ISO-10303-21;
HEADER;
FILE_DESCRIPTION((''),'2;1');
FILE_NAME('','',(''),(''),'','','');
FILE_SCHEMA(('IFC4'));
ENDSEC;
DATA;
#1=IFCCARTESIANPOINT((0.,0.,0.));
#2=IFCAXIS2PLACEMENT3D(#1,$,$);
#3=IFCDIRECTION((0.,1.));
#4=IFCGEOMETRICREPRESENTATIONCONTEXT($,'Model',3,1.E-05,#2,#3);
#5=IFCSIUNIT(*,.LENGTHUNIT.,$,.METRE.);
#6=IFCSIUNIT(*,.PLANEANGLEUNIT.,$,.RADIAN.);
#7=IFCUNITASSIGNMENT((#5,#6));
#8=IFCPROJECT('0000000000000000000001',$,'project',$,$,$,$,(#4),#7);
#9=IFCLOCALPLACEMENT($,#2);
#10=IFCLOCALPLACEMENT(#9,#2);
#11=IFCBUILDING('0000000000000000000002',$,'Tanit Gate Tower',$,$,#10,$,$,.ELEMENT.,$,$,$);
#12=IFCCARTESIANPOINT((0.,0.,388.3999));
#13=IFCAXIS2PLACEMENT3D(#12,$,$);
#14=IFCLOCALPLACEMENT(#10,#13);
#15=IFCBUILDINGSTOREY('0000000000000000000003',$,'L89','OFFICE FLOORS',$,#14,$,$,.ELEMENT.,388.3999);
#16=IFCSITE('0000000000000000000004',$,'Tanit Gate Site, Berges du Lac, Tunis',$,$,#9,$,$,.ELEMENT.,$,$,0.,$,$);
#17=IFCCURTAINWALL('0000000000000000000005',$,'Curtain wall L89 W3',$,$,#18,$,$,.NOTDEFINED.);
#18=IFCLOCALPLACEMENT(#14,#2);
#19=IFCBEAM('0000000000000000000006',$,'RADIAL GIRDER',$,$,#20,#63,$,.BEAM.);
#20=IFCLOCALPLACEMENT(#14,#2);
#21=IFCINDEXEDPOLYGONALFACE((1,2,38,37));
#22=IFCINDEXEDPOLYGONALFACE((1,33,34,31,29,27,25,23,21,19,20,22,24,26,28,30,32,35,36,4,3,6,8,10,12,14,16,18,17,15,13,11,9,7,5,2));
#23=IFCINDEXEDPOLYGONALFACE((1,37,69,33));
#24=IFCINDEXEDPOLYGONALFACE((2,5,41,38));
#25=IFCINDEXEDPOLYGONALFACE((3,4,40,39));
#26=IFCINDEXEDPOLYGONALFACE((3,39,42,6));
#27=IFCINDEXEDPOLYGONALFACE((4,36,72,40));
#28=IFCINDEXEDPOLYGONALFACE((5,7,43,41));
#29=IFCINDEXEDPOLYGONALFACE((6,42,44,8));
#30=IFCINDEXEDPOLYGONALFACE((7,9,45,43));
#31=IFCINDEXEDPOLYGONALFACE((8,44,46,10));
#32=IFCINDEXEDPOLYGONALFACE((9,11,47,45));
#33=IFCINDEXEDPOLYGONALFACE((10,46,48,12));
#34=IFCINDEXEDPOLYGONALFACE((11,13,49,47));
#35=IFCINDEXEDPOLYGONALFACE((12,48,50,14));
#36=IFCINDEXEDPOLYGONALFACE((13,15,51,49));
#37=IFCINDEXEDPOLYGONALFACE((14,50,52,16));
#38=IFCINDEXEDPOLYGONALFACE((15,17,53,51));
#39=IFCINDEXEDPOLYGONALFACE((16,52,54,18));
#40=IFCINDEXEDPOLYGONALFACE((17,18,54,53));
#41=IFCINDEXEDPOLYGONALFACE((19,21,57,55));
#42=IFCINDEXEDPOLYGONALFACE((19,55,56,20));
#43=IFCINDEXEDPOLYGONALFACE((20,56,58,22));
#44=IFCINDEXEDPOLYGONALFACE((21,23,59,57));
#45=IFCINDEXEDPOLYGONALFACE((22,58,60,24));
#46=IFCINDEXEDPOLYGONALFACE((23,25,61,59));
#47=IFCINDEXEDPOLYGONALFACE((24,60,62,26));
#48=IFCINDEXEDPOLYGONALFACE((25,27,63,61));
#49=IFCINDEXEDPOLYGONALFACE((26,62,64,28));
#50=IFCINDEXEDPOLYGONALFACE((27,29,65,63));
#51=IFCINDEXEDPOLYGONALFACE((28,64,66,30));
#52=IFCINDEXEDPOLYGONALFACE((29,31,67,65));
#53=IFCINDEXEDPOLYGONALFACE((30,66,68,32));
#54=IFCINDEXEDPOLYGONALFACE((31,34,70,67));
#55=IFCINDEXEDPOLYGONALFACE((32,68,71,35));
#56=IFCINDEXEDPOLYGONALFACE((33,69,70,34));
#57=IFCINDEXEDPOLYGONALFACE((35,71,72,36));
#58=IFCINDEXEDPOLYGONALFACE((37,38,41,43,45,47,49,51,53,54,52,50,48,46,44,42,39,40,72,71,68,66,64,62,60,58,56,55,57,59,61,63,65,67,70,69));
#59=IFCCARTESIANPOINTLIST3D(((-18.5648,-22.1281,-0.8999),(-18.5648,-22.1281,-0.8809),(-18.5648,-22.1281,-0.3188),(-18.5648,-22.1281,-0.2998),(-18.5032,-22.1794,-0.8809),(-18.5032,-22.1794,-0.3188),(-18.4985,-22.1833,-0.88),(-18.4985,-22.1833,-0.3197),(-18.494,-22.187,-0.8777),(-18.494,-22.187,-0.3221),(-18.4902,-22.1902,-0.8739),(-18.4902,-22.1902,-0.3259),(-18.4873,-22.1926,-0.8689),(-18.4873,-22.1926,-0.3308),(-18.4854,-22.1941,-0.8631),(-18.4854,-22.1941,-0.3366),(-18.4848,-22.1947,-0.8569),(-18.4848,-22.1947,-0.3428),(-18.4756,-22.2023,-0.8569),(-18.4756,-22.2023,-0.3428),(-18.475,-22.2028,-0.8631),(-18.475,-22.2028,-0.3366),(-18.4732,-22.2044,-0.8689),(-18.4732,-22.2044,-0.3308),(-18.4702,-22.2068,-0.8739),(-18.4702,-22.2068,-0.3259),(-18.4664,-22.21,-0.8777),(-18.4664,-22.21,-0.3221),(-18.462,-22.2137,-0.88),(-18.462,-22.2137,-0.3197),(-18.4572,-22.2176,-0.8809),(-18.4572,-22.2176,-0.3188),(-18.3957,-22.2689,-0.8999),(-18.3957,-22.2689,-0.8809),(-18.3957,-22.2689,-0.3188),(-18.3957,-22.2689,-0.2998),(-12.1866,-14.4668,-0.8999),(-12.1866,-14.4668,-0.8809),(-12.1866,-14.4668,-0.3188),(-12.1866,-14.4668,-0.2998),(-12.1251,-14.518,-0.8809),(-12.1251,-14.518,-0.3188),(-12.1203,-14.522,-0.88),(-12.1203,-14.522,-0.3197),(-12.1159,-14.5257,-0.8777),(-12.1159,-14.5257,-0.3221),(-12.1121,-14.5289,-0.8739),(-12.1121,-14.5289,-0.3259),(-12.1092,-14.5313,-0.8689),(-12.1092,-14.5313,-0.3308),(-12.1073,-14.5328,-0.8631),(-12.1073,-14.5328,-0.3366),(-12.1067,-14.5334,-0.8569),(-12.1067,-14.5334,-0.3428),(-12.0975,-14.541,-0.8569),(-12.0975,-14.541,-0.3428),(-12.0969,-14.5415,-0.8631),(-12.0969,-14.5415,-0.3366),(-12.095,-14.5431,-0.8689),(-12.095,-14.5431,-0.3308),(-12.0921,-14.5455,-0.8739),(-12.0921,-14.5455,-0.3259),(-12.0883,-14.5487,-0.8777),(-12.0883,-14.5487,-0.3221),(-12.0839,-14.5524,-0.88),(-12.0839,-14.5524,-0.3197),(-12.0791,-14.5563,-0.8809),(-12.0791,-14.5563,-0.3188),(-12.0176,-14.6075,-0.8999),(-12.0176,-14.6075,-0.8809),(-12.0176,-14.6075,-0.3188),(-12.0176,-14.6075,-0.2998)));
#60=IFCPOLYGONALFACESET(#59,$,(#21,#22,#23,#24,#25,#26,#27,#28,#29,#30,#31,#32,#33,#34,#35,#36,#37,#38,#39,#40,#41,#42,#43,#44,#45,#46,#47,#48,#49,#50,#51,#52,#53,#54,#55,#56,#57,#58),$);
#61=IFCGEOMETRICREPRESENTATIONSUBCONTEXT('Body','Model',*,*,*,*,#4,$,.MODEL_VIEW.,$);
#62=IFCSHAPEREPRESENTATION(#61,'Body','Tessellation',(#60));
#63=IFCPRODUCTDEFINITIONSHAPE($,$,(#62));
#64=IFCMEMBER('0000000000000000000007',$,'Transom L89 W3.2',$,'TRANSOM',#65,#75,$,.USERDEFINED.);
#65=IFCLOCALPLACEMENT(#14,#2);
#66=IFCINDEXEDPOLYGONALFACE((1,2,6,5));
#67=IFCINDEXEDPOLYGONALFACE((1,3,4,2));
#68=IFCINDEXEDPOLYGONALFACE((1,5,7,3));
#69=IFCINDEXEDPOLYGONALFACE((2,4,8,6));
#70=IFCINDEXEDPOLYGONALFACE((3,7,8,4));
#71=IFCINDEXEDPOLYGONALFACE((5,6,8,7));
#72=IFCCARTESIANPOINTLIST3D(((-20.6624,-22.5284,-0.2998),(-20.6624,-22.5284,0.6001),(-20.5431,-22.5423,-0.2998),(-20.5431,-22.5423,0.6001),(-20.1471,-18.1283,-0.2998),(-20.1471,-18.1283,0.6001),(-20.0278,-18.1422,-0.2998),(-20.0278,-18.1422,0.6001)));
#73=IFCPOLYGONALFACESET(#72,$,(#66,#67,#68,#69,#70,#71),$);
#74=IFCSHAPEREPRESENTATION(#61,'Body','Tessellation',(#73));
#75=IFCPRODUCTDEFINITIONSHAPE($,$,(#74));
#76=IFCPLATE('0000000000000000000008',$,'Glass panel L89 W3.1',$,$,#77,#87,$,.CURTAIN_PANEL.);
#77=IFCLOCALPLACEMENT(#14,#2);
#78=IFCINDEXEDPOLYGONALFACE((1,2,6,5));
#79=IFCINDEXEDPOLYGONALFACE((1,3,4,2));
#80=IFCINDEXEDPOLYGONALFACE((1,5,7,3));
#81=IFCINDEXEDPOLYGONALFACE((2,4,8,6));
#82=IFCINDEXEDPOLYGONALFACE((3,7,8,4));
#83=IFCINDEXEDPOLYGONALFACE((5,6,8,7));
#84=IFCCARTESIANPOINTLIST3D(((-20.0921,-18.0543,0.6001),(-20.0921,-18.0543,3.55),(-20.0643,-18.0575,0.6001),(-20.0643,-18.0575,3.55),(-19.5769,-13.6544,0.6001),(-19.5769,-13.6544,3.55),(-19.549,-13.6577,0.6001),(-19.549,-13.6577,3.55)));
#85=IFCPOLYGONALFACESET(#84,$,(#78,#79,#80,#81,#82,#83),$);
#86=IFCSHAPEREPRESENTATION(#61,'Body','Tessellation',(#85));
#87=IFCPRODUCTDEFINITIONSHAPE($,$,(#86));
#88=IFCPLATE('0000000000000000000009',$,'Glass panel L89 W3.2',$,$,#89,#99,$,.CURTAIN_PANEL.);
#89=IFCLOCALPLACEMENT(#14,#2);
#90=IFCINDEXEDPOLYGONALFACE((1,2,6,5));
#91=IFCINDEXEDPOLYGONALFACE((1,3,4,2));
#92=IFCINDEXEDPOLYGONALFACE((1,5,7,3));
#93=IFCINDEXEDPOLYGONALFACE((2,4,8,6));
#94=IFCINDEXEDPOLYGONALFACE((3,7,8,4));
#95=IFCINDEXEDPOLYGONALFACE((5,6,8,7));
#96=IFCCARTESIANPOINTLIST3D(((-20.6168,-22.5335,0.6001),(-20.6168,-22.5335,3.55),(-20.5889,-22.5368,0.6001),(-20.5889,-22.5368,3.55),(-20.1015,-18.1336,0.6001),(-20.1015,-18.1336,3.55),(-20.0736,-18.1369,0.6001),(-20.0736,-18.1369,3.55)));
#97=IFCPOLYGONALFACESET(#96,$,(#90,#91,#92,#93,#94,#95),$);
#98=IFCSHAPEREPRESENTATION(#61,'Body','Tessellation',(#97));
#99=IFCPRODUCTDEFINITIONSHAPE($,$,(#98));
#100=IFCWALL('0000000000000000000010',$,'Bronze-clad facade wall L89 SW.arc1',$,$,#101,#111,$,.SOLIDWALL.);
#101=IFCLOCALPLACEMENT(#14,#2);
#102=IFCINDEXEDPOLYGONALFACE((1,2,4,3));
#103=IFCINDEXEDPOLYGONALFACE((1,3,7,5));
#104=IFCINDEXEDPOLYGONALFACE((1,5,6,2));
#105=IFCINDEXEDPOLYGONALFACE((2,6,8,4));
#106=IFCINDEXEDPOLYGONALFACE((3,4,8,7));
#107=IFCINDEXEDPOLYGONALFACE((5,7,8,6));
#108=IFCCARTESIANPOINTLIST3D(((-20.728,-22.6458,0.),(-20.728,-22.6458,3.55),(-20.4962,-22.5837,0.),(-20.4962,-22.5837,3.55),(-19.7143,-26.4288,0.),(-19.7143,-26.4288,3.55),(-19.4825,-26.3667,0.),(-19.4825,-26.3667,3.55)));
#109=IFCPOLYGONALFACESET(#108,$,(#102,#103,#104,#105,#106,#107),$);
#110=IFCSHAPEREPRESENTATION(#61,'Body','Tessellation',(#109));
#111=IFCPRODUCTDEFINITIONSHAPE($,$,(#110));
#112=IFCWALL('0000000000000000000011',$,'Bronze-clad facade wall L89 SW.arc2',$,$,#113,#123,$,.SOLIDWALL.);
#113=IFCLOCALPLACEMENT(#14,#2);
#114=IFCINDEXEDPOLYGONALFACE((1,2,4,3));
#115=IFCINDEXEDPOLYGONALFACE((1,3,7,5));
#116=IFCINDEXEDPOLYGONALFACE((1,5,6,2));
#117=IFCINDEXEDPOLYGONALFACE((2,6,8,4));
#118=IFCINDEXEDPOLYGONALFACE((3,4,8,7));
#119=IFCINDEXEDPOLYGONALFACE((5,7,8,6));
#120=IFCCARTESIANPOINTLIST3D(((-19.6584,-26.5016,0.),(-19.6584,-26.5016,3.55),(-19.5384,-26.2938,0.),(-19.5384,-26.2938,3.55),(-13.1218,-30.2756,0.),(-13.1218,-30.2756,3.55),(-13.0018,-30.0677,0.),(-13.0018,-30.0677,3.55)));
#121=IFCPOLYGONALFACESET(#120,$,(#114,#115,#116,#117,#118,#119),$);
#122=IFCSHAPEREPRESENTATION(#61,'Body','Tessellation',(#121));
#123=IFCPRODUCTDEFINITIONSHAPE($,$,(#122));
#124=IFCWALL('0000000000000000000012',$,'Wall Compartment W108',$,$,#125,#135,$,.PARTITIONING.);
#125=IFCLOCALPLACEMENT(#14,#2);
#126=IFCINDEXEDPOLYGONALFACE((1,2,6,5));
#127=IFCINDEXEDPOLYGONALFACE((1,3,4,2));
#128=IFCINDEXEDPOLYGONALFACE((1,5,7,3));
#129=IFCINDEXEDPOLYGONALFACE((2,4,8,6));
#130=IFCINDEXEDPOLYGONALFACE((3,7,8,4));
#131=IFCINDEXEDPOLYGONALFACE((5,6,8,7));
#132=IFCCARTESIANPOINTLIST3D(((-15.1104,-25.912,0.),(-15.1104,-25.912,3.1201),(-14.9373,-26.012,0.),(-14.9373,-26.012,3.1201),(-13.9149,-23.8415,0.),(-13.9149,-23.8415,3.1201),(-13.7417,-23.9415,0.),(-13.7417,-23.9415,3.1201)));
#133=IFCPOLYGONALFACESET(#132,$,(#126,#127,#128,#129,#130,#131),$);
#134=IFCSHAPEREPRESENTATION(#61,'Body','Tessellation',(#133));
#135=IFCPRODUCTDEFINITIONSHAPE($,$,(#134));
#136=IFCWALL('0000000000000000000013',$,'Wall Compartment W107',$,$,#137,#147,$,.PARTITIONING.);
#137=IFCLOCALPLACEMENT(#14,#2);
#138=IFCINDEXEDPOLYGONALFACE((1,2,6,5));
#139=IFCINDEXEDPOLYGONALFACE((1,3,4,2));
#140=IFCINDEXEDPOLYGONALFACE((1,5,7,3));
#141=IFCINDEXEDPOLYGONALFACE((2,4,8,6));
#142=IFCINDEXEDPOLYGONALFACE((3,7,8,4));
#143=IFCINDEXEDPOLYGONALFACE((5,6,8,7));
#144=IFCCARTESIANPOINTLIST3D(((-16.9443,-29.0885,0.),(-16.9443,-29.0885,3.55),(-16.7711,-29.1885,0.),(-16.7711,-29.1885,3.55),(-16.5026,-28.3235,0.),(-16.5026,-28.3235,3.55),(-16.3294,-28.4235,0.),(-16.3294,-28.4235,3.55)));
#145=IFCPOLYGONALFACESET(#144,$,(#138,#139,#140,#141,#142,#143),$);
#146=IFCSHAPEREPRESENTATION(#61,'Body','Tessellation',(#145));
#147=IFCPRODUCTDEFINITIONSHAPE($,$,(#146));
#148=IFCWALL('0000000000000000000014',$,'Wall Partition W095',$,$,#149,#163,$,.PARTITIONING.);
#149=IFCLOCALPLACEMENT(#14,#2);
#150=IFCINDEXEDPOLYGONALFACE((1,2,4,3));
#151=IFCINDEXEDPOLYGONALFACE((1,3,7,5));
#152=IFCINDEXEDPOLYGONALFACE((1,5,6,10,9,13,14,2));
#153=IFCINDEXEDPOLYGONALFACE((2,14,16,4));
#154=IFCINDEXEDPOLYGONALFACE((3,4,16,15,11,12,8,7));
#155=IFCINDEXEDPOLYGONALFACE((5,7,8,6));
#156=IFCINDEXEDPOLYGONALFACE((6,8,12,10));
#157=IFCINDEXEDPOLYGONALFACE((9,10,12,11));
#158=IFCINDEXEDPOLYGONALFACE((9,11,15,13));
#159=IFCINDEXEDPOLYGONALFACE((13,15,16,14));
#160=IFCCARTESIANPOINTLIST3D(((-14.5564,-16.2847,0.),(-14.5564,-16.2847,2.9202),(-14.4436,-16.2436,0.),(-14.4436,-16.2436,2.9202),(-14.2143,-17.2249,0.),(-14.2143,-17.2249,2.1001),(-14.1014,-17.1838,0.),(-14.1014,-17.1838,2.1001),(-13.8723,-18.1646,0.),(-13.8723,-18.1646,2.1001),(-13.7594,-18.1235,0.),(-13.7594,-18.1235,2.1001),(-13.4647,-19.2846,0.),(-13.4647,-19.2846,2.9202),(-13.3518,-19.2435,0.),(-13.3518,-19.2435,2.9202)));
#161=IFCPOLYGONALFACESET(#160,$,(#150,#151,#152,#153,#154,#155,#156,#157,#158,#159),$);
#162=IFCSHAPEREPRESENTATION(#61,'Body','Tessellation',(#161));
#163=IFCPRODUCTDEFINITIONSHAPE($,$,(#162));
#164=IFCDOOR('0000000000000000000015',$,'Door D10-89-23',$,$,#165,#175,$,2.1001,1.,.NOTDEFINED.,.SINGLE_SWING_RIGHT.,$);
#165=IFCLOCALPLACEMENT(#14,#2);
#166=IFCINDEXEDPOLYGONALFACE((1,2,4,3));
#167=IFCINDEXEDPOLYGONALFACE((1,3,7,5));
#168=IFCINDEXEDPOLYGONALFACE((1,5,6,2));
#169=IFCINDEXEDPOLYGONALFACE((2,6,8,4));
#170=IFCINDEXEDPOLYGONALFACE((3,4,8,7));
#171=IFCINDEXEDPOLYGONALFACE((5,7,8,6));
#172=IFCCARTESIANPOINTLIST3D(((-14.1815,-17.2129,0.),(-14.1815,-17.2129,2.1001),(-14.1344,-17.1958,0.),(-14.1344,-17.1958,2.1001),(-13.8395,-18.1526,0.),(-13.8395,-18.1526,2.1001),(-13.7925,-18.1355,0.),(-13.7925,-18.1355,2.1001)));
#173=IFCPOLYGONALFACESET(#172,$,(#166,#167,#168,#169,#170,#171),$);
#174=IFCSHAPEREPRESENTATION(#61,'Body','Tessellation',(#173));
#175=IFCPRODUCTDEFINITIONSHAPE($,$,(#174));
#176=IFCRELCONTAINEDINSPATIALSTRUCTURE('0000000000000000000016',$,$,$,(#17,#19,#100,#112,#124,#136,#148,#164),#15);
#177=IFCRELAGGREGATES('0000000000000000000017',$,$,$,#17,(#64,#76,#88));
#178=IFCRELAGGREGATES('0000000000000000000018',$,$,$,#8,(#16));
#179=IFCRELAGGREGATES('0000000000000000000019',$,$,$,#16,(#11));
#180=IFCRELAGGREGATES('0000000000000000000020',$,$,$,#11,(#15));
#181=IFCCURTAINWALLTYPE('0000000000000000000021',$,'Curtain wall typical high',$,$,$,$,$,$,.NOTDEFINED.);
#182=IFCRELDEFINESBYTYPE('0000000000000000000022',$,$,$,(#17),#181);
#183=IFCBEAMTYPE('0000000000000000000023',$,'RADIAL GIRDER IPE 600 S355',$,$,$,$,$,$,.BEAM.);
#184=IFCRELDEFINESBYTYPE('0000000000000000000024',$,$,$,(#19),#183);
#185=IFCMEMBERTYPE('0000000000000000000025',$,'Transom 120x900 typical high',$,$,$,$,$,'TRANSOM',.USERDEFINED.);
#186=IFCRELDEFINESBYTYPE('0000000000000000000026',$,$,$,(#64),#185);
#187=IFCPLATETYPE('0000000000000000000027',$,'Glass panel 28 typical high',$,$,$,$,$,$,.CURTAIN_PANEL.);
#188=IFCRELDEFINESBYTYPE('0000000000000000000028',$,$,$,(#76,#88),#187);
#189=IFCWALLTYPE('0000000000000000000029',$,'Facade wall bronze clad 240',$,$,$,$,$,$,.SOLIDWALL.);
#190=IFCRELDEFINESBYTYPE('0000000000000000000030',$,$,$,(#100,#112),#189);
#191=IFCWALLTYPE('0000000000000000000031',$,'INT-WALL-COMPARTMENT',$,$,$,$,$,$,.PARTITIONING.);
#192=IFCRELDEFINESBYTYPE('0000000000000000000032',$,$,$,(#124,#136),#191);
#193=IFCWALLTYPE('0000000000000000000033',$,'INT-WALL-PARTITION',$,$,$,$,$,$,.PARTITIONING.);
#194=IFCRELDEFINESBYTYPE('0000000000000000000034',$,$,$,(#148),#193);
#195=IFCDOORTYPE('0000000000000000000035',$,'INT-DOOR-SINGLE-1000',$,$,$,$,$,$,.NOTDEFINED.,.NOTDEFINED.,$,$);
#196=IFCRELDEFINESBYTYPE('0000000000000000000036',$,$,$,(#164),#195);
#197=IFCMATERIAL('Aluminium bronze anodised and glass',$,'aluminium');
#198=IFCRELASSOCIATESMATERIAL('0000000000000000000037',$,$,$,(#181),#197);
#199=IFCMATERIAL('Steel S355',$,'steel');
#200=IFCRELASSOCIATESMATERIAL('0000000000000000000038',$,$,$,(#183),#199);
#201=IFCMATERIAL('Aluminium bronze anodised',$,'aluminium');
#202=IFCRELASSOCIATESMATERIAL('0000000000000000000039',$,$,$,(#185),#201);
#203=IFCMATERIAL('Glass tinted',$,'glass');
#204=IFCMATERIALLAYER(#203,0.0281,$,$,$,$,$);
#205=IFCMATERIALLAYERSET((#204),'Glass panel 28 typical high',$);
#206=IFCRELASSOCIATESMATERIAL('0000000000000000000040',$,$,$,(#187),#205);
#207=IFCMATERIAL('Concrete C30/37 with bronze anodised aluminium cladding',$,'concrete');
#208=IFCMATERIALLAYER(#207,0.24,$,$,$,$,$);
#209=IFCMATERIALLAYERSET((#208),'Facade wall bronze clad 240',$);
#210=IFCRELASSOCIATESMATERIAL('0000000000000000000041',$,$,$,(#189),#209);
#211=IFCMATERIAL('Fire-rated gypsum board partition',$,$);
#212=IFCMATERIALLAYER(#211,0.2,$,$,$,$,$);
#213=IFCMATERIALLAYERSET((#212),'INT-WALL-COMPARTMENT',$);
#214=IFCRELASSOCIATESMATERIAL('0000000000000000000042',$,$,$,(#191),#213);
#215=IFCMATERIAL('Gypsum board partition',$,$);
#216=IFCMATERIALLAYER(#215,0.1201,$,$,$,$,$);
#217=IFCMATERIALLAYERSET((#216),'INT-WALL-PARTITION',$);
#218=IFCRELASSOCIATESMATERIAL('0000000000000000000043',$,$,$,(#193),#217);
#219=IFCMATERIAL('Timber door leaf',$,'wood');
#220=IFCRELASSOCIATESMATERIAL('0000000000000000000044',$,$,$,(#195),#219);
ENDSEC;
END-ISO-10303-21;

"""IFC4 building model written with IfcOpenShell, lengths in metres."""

from ifc_helpers import new_model, si_unit, direction, frame, frame_2d, origin, origin_2d, place, context, subcontext, project, spatial, rectangle, i_section, extrude, material, layer, layer_set, material_profile, profile_set, type_object, element, fill, aggregate, save


model = new_model("IFC4")

# Units and contexts
model_context = context("Model", 3, precision=1e-05, world=origin(), true_north=direction((0.0, 1.0)))
body_context = subcontext(model_context, "Body", "Model", "MODEL_VIEW")
ifc_project = project(units=[si_unit("LENGTHUNIT", "METRE"), si_unit("PLANEANGLEUNIT", "RADIAN")], contexts=[model_context])

# Site, building, storey
site_placement = place(None, origin())
site = spatial("IfcSite", under=ifc_project, at=site_placement, Name="Tanit Gate Site, Berges du Lac, Tunis", CompositionType="ELEMENT", RefElevation=0.0)
building_placement = place(site_placement, origin())
building = spatial("IfcBuilding", under=site, at=building_placement, Name="Tanit Gate Tower", CompositionType="ELEMENT")
storey_placement = place(building_placement, frame((0.0, 0.0, 388.3999)))
storey = spatial("IfcBuildingStorey", under=building, at=storey_placement, Name="L89", Description="OFFICE FLOORS", CompositionType="ELEMENT", Elevation=388.3999)

# Curtain wall
ifc_material_1 = material(Name="Aluminium bronze anodised and glass", Category="aluminium")
curtain_wall_type = type_object("IfcCurtainWallType", Name="Curtain wall typical high", PredefinedType="NOTDEFINED", material=ifc_material_1)
curtain_wall_placement = place(storey_placement, origin())
curtain_wall = element("IfcCurtainWall", 1, at=curtain_wall_placement, inside=storey, type_object=curtain_wall_type, Name="Curtain wall L89 W3", PredefinedType="NOTDEFINED")

# Beam
ifc_material_2 = material(Name="Steel S355", Category="steel")
ifc_material_profile_1 = material_profile(ifc_material_2, i_section(OverallWidth=0.22, OverallDepth=0.6001, WebThickness=0.012, FlangeThickness=0.019, FilletRadius=0.0239, at=origin_2d()), Name="IPE 600")
ifc_profile_set_1 = profile_set([ifc_material_profile_1], Name="Steel S355")
beam_type_1 = type_object("IfcBeamType", Name="RADIAL GIRDER IPE 600 S355", PredefinedType="BEAM", material=ifc_profile_set_1)
beam_1_placement = place(storey_placement, frame((-18.4802, -22.1985, -0.5999), z_axis=(0.639811, 0.768532, 0.0), x_axis=(-0.768532, 0.639811, 0.0)))
element("IfcBeam", 2, at=beam_1_placement, inside=storey, type_object=beam_type_1, Name="RADIAL GIRDER", PredefinedType="BEAM", context=body_context, shape_type="SweptSolid", body=[
    extrude(i_section(OverallWidth=0.22, OverallDepth=0.6001, WebThickness=0.012, FlangeThickness=0.019, FilletRadius=0.0239, at=origin_2d()), origin(), (0.0, 0.0, 1.0), 9.9688),
])

# Member
ifc_material_3 = material(Name="Aluminium bronze anodised", Category="aluminium")
ifc_material_profile_2 = material_profile(ifc_material_3, rectangle(XDim=0.1201, YDim=0.8999, at=origin_2d()), Name="120x900 bronze transom")
ifc_profile_set_2 = profile_set([ifc_material_profile_2], Name="Aluminium bronze anodised")
member_type_1 = type_object("IfcMemberType", Name="Transom 120x900 typical high", ElementType="TRANSOM", PredefinedType="USERDEFINED", material=ifc_profile_set_2)
member_1_placement = place(storey_placement, frame((-20.0874, -18.1353, 0.1501), z_axis=(-0.116333, -0.99321, 0.0), x_axis=(0.99321, -0.116333, 0.0)))
member_1 = element("IfcMember", 3, at=member_1_placement, type_object=member_type_1, Name="Transom L89 W3.2", ObjectType="TRANSOM", PredefinedType="USERDEFINED", context=body_context, shape_type="SweptSolid", body=[
    extrude(rectangle(XDim=0.1201, YDim=0.8999, at=origin_2d()), origin(), (0.0, 0.0, 1.0), 4.4302),
])

# Plates
ifc_material_4 = material(Name="Glass tinted", Category="glass")
ifc_layer_1 = layer(ifc_material_4, 0.0281)
ifc_layer_set_1 = layer_set([ifc_layer_1], Name="Glass panel 28 typical high")
plate_type = type_object("IfcPlateType", Name="Glass panel 28 typical high", PredefinedType="CURTAIN_PANEL", material=ifc_layer_set_1)
plate_1_placement = place(storey_placement, frame((-19.8206, -15.856, 0.6001), z_axis=(0.0, 0.0, 1.0), x_axis=(-0.116318, -0.993212, 0.0)))
plate_1 = element("IfcPlate", 4, at=plate_1_placement, type_object=plate_type, Name="Glass panel L89 W3.1", PredefinedType="CURTAIN_PANEL", context=body_context, shape_type="SweptSolid", body=[
    extrude(rectangle(XDim=4.4299, YDim=0.0281, at=origin_2d()), origin(), (0.0, 0.0, 1.0), 2.95),
])
plate_2_placement = place(storey_placement, frame((-20.3452, -20.3352, 0.6001), z_axis=(0.0, 0.0, 1.0), x_axis=(-0.116318, -0.993212, 0.0)))
plate_2 = element("IfcPlate", 5, at=plate_2_placement, type_object=plate_type, Name="Glass panel L89 W3.2", PredefinedType="CURTAIN_PANEL", context=body_context, shape_type="SweptSolid", body=[
    extrude(rectangle(XDim=4.4299, YDim=0.0281, at=origin_2d()), origin(), (0.0, 0.0, 1.0), 2.95),
])
aggregate(curtain_wall, [member_1, plate_1, plate_2])

# Walls
ifc_material_5 = material(Name="Concrete C30/37 with bronze anodised aluminium cladding", Category="concrete")
ifc_layer_2 = layer(ifc_material_5, 0.24)
ifc_layer_set_2 = layer_set([ifc_layer_2], Name="Facade wall bronze clad 240")
wall_type_1 = type_object("IfcWallType", Name="Facade wall bronze clad 240", PredefinedType="SOLIDWALL", material=ifc_layer_set_2)
wall_1_placement = place(storey_placement, frame((-20.6121, -22.6147, 0.0), z_axis=(0.0, 0.0, 1.0), x_axis=(0.258826, -0.965924, 0.0)))
element("IfcWall", 6, at=wall_1_placement, inside=storey, type_object=wall_type_1, Name="Bronze-clad facade wall L89 SW.arc1", PredefinedType="SOLIDWALL", context=body_context, shape_type="SweptSolid", body=[
    extrude(rectangle(XDim=3.9165, YDim=0.24, at=frame_2d((1.9583, 0.0))), origin(), (0.0, 0.0, 1.0), 3.55),
])
wall_2_placement = place(storey_placement, frame((-19.5984, -26.3977, 0.0), z_axis=(0.0, 0.0, 1.0), x_axis=(0.866025, -0.500001, 0.0)))
element("IfcWall", 7, at=wall_2_placement, inside=storey, type_object=wall_type_1, Name="Bronze-clad facade wall L89 SW.arc2", PredefinedType="SOLIDWALL", context=body_context, shape_type="SweptSolid", body=[
    extrude(rectangle(XDim=7.5479, YDim=0.24, at=frame_2d((3.7739, 0.0))), origin(), (0.0, 0.0, 1.0), 3.55),
])
ifc_material_6 = material(Name="Fire-rated gypsum board partition")
ifc_layer_3 = layer(ifc_material_6, 0.2)
ifc_layer_set_3 = layer_set([ifc_layer_3], Name="INT-WALL-COMPARTMENT")
wall_type_2 = type_object("IfcWallType", Name="INT-WALL-COMPARTMENT", PredefinedType="PARTITIONING", material=ifc_layer_set_3)
wall_3_placement = place(storey_placement, frame((-13.8284, -23.8916, 0.0), z_axis=(0.0, 0.0, 1.0), x_axis=(-0.500038, -0.866004, 0.0)))
element("IfcWall", 8, at=wall_3_placement, inside=storey, type_object=wall_type_2, Name="Wall Compartment W108", PredefinedType="PARTITIONING", context=body_context, shape_type="SweptSolid", body=[
    extrude(rectangle(XDim=2.3909, YDim=0.2, at=frame_2d((1.1953, 0.0))), origin(), (0.0, 0.0, 1.0), 3.1201),
])
wall_4_placement = place(storey_placement, frame((-16.416, -28.3735, 0.0), z_axis=(0.0, 0.0, 1.0), x_axis=(-0.500034, -0.866006, 0.0)))
element("IfcWall", 9, at=wall_4_placement, inside=storey, type_object=wall_type_2, Name="Wall Compartment W107", PredefinedType="PARTITIONING", context=body_context, shape_type="SweptSolid", body=[
    extrude(rectangle(XDim=0.8833, YDim=0.2, at=frame_2d((0.4417, 0.0))), origin(), (0.0, 0.0, 1.0), 3.55),
])

# Wall, opening, door
ifc_material_7 = material(Name="Gypsum board partition")
ifc_layer_4 = layer(ifc_material_7, 0.1201)
ifc_layer_set_4 = layer_set([ifc_layer_4], Name="INT-WALL-PARTITION")
wall_type_3 = type_object("IfcWallType", Name="INT-WALL-PARTITION", PredefinedType="PARTITIONING", material=ifc_layer_set_4)
wall_5_placement = place(storey_placement, frame((-14.5, -16.2642, 0.0), z_axis=(0.0, 0.0, 1.0), x_axis=(0.341989, -0.939704, 0.0)))
wall_5 = element("IfcWall", 10, at=wall_5_placement, inside=storey, type_object=wall_type_3, Name="Wall Partition W095", PredefinedType="PARTITIONING", context=body_context, shape_type="SweptSolid", body=[
    extrude(rectangle(XDim=3.1924, YDim=0.1201, at=frame_2d((1.5962, 0.0))), origin(), (0.0, 0.0, 1.0), 2.9202),
])
opening_placement = place(wall_5_placement, frame((1.0005, 0.0, 0.0)))
opening = element("IfcOpeningElement", 11, at=opening_placement, cuts=wall_5, PredefinedType="OPENING", context=body_context, shape_type="SweptSolid", body=[
    extrude(rectangle(XDim=1.0, YDim=2.1001, at=frame_2d((0.5, 1.05))), frame((0.0, 0.0701, 0.0), z_axis=(0.0, -1.0, 0.0), x_axis=(1.0, 0.0, 0.0)), (0.0, 0.0, 1.0), 0.1401),
])
ifc_material_8 = material(Name="Timber door leaf", Category="wood")
door_type = type_object("IfcDoorType", Name="INT-DOOR-SINGLE-1000", OperationType="NOTDEFINED", PredefinedType="NOTDEFINED", material=ifc_material_8)
door_placement = place(opening_placement, origin())
door = element("IfcDoor", 12, at=door_placement, inside=storey, type_object=door_type, Name="Door D10-89-23", OperationType="SINGLE_SWING_RIGHT", OverallHeight=2.1001, OverallWidth=1.0, PredefinedType="NOTDEFINED", context=body_context, shape_type="SweptSolid", body=[
    extrude(rectangle(XDim=1.0, YDim=2.1001, at=frame_2d((0.5, 1.05))), frame((0.0, 0.0249, 0.0), z_axis=(0.0, -1.0, 0.0), x_axis=(1.0, 0.0, 0.0)), (0.0, 0.0, 1.0), 0.05),
])
fill(opening, door)

save(model, "model.ifc")
